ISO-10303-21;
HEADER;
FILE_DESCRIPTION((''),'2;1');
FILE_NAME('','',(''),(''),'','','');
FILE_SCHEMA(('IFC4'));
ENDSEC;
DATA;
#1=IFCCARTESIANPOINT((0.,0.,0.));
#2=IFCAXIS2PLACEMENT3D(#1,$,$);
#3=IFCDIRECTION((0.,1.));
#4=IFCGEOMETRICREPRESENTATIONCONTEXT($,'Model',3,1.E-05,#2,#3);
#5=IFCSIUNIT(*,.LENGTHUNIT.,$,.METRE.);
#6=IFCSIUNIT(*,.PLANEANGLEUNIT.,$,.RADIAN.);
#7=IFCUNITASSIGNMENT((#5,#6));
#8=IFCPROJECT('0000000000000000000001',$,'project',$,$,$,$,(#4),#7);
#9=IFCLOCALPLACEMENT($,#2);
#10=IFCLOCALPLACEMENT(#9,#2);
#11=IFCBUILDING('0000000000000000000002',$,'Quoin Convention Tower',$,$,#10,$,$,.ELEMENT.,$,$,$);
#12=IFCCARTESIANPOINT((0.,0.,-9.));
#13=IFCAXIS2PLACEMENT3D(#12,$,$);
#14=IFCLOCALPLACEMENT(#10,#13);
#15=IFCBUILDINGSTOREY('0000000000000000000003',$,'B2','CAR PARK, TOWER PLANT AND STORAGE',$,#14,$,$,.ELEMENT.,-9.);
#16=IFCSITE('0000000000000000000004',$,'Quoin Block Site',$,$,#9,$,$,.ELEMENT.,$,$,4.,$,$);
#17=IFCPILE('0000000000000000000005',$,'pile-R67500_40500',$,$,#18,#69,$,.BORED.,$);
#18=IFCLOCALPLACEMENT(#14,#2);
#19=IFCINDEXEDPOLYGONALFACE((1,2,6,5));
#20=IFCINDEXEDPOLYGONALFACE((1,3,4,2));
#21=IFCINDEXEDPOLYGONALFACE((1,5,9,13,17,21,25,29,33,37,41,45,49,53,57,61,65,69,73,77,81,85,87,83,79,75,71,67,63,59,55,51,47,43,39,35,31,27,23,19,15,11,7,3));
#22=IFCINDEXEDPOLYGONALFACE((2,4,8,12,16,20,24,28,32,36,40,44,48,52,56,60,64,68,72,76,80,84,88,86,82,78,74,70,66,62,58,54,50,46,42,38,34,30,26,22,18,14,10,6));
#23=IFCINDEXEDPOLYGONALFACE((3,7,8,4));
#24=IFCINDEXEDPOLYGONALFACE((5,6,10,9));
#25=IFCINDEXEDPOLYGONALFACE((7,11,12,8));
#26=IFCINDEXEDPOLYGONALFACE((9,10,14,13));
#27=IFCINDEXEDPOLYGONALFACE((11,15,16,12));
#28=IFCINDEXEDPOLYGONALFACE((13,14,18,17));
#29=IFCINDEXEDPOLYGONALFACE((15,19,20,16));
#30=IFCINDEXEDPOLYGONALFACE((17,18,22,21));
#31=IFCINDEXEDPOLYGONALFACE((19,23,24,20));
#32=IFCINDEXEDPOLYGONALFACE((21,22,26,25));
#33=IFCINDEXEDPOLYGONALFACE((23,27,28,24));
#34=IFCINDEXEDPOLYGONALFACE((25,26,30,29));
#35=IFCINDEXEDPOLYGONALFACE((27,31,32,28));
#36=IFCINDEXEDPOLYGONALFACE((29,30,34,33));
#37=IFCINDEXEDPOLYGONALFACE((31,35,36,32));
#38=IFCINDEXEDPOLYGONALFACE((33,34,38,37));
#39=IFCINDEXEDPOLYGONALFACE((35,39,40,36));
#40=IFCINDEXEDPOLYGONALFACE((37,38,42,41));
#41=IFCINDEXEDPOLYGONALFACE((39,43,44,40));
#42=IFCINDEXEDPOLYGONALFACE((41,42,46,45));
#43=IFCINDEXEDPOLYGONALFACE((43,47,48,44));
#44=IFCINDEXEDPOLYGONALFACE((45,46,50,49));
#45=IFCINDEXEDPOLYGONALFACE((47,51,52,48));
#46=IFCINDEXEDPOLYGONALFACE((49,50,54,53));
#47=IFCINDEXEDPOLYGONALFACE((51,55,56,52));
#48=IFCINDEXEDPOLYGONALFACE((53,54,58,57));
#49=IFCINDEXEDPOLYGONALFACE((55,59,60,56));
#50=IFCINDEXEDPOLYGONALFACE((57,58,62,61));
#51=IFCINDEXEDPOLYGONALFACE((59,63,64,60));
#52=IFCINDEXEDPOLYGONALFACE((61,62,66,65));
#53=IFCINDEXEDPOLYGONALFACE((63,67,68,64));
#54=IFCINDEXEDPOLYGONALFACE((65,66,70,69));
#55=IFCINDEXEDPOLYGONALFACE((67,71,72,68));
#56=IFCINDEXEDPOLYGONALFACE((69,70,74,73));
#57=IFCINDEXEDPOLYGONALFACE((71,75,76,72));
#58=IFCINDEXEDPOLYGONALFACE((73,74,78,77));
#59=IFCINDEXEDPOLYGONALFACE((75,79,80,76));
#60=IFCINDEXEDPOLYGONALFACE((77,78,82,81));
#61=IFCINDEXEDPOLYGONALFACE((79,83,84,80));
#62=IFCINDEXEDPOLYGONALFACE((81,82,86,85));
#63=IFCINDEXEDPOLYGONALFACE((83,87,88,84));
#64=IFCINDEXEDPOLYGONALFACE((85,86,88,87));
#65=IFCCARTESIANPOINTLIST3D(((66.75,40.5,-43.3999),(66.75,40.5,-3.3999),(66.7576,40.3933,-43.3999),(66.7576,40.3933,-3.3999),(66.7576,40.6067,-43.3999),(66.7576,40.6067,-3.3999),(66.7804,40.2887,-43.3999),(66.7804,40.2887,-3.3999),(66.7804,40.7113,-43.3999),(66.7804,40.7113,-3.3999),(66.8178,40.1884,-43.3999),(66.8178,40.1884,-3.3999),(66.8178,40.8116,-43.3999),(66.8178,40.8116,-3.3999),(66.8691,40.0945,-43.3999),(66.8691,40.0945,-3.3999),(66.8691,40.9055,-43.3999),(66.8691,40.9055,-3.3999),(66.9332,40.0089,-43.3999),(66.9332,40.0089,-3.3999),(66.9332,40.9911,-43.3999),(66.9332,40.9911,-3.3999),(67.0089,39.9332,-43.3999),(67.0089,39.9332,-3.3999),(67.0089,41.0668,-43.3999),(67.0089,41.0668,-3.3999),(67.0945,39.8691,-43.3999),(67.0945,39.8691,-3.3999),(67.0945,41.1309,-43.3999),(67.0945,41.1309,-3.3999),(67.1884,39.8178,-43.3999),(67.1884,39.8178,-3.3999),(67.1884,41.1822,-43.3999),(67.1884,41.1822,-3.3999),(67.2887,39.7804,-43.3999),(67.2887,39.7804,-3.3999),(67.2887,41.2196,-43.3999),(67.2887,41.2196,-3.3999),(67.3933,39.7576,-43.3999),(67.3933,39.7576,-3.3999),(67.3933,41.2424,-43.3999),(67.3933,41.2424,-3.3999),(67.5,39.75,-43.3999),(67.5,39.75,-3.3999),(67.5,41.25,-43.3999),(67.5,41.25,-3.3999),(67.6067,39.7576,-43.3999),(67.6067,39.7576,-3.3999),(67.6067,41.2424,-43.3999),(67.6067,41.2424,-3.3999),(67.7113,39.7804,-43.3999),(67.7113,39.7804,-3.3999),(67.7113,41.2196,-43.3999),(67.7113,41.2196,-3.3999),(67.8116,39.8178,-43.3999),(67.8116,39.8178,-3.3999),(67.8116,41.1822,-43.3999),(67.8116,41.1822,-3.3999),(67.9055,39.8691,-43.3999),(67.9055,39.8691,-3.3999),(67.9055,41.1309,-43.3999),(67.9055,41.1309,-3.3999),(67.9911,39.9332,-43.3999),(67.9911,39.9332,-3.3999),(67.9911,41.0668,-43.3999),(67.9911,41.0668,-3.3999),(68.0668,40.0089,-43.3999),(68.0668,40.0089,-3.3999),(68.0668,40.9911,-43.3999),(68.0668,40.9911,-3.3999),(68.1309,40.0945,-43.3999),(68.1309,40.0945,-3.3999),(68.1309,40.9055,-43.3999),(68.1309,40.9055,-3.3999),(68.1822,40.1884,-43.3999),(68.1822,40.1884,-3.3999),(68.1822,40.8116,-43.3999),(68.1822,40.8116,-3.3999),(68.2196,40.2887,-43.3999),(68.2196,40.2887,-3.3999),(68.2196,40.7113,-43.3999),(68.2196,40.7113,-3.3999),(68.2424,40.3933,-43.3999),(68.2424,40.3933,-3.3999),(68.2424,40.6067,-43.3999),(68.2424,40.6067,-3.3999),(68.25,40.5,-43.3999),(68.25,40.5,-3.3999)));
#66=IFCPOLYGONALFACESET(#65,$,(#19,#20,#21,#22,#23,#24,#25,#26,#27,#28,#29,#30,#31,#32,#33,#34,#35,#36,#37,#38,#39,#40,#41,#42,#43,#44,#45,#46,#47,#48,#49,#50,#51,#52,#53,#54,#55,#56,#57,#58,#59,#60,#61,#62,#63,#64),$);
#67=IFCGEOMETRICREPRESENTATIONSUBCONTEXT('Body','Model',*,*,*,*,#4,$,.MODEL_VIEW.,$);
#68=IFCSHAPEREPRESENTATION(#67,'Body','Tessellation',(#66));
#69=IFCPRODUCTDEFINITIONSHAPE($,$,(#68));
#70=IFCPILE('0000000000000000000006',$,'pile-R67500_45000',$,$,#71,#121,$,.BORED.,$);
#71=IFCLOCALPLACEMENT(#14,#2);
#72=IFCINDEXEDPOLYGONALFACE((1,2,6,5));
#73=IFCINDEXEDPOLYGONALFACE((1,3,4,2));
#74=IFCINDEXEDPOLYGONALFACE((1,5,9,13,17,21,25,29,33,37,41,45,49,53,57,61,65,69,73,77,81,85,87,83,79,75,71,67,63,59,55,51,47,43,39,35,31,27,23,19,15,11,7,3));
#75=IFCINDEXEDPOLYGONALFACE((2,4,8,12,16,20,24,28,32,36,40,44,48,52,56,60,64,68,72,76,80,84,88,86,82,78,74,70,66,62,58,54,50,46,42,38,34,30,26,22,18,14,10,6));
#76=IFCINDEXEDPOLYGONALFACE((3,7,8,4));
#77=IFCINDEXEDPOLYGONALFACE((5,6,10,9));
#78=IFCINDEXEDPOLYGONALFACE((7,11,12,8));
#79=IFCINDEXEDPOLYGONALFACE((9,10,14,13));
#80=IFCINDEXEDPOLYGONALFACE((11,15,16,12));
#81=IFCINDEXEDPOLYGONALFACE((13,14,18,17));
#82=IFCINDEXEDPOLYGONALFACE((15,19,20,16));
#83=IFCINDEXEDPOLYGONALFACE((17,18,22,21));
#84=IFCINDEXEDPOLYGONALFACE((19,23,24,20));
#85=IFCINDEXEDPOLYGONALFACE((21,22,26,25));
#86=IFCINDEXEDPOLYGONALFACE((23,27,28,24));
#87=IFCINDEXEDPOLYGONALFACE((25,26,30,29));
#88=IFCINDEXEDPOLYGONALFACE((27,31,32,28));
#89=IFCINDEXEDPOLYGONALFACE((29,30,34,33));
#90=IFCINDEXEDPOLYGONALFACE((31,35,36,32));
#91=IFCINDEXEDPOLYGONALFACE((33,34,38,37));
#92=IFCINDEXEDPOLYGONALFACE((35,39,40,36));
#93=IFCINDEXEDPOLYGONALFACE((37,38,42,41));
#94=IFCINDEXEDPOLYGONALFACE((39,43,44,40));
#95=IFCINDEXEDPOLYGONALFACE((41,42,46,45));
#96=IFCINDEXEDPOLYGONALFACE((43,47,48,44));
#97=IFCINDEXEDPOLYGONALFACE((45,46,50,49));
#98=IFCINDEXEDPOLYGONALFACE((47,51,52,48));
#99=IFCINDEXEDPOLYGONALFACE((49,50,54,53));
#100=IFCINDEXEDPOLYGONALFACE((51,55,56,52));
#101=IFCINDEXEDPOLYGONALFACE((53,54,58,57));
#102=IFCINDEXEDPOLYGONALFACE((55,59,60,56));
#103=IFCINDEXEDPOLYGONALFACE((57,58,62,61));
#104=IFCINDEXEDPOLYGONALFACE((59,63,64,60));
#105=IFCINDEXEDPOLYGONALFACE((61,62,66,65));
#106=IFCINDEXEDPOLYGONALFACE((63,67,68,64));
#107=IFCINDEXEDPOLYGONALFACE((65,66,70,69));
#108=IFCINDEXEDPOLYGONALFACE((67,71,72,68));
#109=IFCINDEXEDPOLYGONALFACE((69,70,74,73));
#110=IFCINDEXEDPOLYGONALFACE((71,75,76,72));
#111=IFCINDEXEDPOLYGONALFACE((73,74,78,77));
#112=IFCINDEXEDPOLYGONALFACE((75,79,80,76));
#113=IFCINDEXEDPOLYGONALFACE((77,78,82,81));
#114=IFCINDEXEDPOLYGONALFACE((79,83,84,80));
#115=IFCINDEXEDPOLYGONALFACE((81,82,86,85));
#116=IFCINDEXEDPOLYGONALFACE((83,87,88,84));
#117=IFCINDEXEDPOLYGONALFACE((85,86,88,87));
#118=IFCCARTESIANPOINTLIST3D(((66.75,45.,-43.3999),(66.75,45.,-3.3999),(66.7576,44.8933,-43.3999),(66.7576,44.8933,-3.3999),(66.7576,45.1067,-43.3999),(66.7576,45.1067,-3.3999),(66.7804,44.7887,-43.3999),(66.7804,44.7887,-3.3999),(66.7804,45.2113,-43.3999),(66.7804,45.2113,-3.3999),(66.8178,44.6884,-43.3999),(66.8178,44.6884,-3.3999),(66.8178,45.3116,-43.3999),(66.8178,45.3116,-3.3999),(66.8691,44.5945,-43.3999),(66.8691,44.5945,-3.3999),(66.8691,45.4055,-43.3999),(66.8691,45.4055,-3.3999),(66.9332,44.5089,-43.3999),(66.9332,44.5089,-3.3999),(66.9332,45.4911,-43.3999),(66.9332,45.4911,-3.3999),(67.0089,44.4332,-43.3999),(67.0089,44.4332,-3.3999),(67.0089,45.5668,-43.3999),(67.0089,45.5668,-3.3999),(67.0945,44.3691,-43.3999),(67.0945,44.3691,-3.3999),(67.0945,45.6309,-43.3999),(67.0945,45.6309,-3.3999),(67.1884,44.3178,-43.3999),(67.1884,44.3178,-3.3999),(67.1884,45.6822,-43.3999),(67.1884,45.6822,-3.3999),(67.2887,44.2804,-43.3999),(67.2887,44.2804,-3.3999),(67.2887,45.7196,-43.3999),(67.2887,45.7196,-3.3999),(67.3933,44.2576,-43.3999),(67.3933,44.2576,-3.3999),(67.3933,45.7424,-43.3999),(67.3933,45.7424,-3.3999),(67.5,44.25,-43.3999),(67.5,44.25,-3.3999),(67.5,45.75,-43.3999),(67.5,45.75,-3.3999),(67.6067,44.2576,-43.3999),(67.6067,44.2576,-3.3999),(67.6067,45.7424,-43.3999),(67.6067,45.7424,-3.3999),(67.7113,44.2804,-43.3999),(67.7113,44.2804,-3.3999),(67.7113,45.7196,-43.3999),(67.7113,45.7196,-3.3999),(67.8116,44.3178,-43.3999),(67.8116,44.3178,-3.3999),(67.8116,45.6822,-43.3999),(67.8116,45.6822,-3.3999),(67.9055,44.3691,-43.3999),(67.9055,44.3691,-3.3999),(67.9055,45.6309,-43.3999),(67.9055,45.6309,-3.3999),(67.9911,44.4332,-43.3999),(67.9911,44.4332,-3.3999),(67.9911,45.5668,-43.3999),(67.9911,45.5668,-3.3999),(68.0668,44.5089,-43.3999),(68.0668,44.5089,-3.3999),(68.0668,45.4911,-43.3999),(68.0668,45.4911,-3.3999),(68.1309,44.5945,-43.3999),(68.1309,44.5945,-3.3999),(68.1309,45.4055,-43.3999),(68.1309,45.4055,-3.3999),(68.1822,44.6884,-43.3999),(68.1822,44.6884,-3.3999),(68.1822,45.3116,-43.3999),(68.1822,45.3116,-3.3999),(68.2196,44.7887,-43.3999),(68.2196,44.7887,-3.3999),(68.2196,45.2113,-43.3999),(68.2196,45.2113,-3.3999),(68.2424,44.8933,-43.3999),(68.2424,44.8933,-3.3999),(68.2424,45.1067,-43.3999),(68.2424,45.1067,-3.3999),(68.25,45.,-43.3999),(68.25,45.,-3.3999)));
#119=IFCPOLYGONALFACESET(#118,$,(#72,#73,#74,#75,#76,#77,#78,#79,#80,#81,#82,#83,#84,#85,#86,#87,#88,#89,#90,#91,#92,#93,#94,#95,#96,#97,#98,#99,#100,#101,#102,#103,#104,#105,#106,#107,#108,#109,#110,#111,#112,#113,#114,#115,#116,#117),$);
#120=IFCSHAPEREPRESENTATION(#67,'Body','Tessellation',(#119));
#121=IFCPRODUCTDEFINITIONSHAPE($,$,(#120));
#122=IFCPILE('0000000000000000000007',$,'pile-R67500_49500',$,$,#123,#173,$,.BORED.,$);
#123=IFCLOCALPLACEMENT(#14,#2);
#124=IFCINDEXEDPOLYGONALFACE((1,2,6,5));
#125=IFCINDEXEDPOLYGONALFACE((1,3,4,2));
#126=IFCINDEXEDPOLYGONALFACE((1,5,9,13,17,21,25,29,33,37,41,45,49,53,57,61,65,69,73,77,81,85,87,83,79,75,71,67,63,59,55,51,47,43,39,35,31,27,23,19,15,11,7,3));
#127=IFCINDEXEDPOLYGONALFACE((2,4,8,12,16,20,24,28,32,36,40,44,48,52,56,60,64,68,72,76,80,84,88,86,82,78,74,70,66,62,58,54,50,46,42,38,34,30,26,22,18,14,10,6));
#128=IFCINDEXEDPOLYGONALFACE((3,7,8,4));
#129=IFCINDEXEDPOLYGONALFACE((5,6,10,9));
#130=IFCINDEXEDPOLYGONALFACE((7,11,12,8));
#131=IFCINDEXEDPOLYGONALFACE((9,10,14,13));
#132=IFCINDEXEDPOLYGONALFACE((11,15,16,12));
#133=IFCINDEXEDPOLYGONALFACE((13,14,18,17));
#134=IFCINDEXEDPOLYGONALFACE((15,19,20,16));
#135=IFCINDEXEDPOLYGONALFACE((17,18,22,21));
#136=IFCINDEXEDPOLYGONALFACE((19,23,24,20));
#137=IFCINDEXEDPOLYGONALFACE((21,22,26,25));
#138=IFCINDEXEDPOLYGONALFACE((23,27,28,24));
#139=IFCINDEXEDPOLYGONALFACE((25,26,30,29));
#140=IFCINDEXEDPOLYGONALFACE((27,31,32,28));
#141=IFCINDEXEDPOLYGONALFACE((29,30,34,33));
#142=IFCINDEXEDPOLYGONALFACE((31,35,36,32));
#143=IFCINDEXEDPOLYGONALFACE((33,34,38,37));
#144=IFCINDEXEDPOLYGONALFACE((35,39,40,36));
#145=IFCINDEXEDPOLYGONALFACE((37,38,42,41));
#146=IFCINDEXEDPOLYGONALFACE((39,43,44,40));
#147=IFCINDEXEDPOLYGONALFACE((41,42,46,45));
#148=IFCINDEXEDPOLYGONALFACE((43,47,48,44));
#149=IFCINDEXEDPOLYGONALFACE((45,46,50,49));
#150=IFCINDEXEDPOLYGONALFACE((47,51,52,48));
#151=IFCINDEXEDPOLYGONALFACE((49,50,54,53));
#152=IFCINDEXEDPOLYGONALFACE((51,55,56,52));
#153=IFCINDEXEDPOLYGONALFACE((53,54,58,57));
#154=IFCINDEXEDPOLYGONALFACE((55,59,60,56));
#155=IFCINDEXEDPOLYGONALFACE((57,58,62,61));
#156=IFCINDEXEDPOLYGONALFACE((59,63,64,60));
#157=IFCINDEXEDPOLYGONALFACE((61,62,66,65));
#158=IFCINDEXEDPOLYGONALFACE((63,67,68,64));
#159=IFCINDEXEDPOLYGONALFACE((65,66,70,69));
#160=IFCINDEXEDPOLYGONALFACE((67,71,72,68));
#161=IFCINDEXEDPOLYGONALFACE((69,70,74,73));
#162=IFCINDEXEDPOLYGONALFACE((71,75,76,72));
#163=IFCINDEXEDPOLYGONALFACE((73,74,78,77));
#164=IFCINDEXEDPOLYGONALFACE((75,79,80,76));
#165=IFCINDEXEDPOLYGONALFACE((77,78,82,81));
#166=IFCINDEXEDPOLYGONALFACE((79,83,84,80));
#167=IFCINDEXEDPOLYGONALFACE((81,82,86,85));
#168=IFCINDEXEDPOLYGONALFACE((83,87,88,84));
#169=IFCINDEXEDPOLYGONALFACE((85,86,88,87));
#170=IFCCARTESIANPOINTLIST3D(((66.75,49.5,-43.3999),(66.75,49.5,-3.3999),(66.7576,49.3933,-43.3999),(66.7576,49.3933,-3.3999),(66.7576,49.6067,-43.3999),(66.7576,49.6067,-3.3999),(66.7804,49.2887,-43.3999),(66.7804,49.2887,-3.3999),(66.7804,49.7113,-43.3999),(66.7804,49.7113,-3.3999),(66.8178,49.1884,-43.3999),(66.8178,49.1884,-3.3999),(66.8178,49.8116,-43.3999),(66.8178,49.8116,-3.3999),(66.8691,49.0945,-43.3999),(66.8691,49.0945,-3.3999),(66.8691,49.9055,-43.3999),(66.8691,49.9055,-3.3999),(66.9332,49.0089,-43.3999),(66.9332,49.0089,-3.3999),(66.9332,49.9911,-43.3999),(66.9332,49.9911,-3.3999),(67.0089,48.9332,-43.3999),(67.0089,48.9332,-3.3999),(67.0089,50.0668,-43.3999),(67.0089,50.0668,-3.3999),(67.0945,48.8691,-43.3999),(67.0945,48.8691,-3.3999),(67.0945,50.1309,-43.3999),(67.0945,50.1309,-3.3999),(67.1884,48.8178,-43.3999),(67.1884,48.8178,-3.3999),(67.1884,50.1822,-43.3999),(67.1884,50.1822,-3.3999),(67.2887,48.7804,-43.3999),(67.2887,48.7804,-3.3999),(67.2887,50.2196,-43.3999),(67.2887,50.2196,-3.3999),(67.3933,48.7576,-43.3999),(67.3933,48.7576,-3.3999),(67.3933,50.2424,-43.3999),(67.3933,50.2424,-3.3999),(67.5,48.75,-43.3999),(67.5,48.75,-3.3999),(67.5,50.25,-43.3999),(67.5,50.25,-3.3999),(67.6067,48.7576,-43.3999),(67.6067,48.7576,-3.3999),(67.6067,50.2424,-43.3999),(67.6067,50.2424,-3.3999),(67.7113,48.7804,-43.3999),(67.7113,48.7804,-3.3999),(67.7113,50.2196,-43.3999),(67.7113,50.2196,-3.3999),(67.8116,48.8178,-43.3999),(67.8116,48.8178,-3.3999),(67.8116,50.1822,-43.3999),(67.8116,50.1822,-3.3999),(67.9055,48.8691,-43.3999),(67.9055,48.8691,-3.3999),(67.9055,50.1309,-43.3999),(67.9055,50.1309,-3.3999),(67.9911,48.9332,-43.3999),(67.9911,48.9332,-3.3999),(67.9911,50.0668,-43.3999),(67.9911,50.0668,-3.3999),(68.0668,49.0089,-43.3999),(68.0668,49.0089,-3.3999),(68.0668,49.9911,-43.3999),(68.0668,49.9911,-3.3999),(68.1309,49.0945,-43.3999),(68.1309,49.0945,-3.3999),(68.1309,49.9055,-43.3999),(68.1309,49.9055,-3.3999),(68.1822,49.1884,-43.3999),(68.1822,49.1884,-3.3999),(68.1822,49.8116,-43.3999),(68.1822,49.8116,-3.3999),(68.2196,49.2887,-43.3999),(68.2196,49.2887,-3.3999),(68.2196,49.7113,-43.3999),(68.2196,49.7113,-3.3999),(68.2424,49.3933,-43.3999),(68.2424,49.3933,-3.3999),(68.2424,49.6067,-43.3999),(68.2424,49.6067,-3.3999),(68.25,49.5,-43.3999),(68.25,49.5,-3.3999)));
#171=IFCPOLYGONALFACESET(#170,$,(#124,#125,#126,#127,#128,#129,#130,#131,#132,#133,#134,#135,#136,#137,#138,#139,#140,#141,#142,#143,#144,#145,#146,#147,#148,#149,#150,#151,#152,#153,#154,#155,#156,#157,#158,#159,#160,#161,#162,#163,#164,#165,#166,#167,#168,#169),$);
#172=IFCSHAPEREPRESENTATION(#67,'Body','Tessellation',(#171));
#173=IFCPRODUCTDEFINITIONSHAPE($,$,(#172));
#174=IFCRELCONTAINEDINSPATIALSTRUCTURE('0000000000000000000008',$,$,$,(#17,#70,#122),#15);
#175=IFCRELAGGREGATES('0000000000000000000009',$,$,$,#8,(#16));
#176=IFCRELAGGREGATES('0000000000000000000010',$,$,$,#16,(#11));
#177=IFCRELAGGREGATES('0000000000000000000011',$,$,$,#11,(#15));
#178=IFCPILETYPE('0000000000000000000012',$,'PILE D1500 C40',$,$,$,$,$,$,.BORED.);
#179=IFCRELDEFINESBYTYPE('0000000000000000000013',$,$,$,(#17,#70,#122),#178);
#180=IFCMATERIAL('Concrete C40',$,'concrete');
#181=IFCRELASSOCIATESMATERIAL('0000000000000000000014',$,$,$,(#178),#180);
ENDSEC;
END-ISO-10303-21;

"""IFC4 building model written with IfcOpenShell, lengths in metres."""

from ifc_helpers import new_model, si_unit, direction, frame, origin, origin_2d, place, context, subcontext, project, spatial, circle, extrude, material, material_profile, profile_set, type_object, element, save


model = new_model("IFC4")

# Units and contexts
model_context = context("Model", 3, precision=1e-05, world=origin(), true_north=direction((0.0, 1.0)))
body_context = subcontext(model_context, "Body", "Model", "MODEL_VIEW")
ifc_project = project(units=[si_unit("LENGTHUNIT", "METRE"), si_unit("PLANEANGLEUNIT", "RADIAN")], contexts=[model_context])

# Site, building, storey
site_placement = place(None, origin())
site = spatial("IfcSite", under=ifc_project, at=site_placement, Name="Quoin Block Site", CompositionType="ELEMENT", RefElevation=4.0)
building_placement = place(site_placement, origin())
building = spatial("IfcBuilding", under=site, at=building_placement, Name="Quoin Convention Tower", CompositionType="ELEMENT")
storey_placement = place(building_placement, frame((0.0, 0.0, -9.0)))
storey = spatial("IfcBuildingStorey", under=building, at=storey_placement, Name="B2", Description="CAR PARK, TOWER PLANT AND STORAGE", CompositionType="ELEMENT", Elevation=-9.0)

# Piles
ifc_material_1 = material(Name="Concrete C40", Category="concrete")
ifc_material_profile_1 = material_profile(ifc_material_1, circle(Radius=0.75, at=origin_2d()), Name="D1500")
ifc_profile_set_1 = profile_set([ifc_material_profile_1], Name="Concrete C40")
pile_type = type_object("IfcPileType", Name="PILE D1500 C40", PredefinedType="BORED", material=ifc_profile_set_1)
for number, where, z_axis, x_axis, name in (
    (1, (67.5, 40.5, -3.3999), (0.0, 0.0, -1.0), (1.0, 0.0, 0.0), "pile-R67500_40500"),
    (2, (67.5, 45.0, -3.3999), (0.0, 0.0, -1.0), (1.0, 0.0, 0.0), "pile-R67500_45000"),
    (3, (67.5, 49.5, -3.3999), (0.0, 0.0, -1.0), (1.0, 0.0, 0.0), "pile-R67500_49500"),
):
    element("IfcPile", number, at=place(storey_placement, frame(where, z_axis=z_axis, x_axis=x_axis)), inside=storey, type_object=pile_type, Name=name, PredefinedType="BORED", context=body_context, shape_type="SweptSolid", body=[
        extrude(circle(Radius=0.75, at=origin_2d()), origin(), (0.0, 0.0, 1.0), 40.0),
    ])

save(model, "model.ifc")
